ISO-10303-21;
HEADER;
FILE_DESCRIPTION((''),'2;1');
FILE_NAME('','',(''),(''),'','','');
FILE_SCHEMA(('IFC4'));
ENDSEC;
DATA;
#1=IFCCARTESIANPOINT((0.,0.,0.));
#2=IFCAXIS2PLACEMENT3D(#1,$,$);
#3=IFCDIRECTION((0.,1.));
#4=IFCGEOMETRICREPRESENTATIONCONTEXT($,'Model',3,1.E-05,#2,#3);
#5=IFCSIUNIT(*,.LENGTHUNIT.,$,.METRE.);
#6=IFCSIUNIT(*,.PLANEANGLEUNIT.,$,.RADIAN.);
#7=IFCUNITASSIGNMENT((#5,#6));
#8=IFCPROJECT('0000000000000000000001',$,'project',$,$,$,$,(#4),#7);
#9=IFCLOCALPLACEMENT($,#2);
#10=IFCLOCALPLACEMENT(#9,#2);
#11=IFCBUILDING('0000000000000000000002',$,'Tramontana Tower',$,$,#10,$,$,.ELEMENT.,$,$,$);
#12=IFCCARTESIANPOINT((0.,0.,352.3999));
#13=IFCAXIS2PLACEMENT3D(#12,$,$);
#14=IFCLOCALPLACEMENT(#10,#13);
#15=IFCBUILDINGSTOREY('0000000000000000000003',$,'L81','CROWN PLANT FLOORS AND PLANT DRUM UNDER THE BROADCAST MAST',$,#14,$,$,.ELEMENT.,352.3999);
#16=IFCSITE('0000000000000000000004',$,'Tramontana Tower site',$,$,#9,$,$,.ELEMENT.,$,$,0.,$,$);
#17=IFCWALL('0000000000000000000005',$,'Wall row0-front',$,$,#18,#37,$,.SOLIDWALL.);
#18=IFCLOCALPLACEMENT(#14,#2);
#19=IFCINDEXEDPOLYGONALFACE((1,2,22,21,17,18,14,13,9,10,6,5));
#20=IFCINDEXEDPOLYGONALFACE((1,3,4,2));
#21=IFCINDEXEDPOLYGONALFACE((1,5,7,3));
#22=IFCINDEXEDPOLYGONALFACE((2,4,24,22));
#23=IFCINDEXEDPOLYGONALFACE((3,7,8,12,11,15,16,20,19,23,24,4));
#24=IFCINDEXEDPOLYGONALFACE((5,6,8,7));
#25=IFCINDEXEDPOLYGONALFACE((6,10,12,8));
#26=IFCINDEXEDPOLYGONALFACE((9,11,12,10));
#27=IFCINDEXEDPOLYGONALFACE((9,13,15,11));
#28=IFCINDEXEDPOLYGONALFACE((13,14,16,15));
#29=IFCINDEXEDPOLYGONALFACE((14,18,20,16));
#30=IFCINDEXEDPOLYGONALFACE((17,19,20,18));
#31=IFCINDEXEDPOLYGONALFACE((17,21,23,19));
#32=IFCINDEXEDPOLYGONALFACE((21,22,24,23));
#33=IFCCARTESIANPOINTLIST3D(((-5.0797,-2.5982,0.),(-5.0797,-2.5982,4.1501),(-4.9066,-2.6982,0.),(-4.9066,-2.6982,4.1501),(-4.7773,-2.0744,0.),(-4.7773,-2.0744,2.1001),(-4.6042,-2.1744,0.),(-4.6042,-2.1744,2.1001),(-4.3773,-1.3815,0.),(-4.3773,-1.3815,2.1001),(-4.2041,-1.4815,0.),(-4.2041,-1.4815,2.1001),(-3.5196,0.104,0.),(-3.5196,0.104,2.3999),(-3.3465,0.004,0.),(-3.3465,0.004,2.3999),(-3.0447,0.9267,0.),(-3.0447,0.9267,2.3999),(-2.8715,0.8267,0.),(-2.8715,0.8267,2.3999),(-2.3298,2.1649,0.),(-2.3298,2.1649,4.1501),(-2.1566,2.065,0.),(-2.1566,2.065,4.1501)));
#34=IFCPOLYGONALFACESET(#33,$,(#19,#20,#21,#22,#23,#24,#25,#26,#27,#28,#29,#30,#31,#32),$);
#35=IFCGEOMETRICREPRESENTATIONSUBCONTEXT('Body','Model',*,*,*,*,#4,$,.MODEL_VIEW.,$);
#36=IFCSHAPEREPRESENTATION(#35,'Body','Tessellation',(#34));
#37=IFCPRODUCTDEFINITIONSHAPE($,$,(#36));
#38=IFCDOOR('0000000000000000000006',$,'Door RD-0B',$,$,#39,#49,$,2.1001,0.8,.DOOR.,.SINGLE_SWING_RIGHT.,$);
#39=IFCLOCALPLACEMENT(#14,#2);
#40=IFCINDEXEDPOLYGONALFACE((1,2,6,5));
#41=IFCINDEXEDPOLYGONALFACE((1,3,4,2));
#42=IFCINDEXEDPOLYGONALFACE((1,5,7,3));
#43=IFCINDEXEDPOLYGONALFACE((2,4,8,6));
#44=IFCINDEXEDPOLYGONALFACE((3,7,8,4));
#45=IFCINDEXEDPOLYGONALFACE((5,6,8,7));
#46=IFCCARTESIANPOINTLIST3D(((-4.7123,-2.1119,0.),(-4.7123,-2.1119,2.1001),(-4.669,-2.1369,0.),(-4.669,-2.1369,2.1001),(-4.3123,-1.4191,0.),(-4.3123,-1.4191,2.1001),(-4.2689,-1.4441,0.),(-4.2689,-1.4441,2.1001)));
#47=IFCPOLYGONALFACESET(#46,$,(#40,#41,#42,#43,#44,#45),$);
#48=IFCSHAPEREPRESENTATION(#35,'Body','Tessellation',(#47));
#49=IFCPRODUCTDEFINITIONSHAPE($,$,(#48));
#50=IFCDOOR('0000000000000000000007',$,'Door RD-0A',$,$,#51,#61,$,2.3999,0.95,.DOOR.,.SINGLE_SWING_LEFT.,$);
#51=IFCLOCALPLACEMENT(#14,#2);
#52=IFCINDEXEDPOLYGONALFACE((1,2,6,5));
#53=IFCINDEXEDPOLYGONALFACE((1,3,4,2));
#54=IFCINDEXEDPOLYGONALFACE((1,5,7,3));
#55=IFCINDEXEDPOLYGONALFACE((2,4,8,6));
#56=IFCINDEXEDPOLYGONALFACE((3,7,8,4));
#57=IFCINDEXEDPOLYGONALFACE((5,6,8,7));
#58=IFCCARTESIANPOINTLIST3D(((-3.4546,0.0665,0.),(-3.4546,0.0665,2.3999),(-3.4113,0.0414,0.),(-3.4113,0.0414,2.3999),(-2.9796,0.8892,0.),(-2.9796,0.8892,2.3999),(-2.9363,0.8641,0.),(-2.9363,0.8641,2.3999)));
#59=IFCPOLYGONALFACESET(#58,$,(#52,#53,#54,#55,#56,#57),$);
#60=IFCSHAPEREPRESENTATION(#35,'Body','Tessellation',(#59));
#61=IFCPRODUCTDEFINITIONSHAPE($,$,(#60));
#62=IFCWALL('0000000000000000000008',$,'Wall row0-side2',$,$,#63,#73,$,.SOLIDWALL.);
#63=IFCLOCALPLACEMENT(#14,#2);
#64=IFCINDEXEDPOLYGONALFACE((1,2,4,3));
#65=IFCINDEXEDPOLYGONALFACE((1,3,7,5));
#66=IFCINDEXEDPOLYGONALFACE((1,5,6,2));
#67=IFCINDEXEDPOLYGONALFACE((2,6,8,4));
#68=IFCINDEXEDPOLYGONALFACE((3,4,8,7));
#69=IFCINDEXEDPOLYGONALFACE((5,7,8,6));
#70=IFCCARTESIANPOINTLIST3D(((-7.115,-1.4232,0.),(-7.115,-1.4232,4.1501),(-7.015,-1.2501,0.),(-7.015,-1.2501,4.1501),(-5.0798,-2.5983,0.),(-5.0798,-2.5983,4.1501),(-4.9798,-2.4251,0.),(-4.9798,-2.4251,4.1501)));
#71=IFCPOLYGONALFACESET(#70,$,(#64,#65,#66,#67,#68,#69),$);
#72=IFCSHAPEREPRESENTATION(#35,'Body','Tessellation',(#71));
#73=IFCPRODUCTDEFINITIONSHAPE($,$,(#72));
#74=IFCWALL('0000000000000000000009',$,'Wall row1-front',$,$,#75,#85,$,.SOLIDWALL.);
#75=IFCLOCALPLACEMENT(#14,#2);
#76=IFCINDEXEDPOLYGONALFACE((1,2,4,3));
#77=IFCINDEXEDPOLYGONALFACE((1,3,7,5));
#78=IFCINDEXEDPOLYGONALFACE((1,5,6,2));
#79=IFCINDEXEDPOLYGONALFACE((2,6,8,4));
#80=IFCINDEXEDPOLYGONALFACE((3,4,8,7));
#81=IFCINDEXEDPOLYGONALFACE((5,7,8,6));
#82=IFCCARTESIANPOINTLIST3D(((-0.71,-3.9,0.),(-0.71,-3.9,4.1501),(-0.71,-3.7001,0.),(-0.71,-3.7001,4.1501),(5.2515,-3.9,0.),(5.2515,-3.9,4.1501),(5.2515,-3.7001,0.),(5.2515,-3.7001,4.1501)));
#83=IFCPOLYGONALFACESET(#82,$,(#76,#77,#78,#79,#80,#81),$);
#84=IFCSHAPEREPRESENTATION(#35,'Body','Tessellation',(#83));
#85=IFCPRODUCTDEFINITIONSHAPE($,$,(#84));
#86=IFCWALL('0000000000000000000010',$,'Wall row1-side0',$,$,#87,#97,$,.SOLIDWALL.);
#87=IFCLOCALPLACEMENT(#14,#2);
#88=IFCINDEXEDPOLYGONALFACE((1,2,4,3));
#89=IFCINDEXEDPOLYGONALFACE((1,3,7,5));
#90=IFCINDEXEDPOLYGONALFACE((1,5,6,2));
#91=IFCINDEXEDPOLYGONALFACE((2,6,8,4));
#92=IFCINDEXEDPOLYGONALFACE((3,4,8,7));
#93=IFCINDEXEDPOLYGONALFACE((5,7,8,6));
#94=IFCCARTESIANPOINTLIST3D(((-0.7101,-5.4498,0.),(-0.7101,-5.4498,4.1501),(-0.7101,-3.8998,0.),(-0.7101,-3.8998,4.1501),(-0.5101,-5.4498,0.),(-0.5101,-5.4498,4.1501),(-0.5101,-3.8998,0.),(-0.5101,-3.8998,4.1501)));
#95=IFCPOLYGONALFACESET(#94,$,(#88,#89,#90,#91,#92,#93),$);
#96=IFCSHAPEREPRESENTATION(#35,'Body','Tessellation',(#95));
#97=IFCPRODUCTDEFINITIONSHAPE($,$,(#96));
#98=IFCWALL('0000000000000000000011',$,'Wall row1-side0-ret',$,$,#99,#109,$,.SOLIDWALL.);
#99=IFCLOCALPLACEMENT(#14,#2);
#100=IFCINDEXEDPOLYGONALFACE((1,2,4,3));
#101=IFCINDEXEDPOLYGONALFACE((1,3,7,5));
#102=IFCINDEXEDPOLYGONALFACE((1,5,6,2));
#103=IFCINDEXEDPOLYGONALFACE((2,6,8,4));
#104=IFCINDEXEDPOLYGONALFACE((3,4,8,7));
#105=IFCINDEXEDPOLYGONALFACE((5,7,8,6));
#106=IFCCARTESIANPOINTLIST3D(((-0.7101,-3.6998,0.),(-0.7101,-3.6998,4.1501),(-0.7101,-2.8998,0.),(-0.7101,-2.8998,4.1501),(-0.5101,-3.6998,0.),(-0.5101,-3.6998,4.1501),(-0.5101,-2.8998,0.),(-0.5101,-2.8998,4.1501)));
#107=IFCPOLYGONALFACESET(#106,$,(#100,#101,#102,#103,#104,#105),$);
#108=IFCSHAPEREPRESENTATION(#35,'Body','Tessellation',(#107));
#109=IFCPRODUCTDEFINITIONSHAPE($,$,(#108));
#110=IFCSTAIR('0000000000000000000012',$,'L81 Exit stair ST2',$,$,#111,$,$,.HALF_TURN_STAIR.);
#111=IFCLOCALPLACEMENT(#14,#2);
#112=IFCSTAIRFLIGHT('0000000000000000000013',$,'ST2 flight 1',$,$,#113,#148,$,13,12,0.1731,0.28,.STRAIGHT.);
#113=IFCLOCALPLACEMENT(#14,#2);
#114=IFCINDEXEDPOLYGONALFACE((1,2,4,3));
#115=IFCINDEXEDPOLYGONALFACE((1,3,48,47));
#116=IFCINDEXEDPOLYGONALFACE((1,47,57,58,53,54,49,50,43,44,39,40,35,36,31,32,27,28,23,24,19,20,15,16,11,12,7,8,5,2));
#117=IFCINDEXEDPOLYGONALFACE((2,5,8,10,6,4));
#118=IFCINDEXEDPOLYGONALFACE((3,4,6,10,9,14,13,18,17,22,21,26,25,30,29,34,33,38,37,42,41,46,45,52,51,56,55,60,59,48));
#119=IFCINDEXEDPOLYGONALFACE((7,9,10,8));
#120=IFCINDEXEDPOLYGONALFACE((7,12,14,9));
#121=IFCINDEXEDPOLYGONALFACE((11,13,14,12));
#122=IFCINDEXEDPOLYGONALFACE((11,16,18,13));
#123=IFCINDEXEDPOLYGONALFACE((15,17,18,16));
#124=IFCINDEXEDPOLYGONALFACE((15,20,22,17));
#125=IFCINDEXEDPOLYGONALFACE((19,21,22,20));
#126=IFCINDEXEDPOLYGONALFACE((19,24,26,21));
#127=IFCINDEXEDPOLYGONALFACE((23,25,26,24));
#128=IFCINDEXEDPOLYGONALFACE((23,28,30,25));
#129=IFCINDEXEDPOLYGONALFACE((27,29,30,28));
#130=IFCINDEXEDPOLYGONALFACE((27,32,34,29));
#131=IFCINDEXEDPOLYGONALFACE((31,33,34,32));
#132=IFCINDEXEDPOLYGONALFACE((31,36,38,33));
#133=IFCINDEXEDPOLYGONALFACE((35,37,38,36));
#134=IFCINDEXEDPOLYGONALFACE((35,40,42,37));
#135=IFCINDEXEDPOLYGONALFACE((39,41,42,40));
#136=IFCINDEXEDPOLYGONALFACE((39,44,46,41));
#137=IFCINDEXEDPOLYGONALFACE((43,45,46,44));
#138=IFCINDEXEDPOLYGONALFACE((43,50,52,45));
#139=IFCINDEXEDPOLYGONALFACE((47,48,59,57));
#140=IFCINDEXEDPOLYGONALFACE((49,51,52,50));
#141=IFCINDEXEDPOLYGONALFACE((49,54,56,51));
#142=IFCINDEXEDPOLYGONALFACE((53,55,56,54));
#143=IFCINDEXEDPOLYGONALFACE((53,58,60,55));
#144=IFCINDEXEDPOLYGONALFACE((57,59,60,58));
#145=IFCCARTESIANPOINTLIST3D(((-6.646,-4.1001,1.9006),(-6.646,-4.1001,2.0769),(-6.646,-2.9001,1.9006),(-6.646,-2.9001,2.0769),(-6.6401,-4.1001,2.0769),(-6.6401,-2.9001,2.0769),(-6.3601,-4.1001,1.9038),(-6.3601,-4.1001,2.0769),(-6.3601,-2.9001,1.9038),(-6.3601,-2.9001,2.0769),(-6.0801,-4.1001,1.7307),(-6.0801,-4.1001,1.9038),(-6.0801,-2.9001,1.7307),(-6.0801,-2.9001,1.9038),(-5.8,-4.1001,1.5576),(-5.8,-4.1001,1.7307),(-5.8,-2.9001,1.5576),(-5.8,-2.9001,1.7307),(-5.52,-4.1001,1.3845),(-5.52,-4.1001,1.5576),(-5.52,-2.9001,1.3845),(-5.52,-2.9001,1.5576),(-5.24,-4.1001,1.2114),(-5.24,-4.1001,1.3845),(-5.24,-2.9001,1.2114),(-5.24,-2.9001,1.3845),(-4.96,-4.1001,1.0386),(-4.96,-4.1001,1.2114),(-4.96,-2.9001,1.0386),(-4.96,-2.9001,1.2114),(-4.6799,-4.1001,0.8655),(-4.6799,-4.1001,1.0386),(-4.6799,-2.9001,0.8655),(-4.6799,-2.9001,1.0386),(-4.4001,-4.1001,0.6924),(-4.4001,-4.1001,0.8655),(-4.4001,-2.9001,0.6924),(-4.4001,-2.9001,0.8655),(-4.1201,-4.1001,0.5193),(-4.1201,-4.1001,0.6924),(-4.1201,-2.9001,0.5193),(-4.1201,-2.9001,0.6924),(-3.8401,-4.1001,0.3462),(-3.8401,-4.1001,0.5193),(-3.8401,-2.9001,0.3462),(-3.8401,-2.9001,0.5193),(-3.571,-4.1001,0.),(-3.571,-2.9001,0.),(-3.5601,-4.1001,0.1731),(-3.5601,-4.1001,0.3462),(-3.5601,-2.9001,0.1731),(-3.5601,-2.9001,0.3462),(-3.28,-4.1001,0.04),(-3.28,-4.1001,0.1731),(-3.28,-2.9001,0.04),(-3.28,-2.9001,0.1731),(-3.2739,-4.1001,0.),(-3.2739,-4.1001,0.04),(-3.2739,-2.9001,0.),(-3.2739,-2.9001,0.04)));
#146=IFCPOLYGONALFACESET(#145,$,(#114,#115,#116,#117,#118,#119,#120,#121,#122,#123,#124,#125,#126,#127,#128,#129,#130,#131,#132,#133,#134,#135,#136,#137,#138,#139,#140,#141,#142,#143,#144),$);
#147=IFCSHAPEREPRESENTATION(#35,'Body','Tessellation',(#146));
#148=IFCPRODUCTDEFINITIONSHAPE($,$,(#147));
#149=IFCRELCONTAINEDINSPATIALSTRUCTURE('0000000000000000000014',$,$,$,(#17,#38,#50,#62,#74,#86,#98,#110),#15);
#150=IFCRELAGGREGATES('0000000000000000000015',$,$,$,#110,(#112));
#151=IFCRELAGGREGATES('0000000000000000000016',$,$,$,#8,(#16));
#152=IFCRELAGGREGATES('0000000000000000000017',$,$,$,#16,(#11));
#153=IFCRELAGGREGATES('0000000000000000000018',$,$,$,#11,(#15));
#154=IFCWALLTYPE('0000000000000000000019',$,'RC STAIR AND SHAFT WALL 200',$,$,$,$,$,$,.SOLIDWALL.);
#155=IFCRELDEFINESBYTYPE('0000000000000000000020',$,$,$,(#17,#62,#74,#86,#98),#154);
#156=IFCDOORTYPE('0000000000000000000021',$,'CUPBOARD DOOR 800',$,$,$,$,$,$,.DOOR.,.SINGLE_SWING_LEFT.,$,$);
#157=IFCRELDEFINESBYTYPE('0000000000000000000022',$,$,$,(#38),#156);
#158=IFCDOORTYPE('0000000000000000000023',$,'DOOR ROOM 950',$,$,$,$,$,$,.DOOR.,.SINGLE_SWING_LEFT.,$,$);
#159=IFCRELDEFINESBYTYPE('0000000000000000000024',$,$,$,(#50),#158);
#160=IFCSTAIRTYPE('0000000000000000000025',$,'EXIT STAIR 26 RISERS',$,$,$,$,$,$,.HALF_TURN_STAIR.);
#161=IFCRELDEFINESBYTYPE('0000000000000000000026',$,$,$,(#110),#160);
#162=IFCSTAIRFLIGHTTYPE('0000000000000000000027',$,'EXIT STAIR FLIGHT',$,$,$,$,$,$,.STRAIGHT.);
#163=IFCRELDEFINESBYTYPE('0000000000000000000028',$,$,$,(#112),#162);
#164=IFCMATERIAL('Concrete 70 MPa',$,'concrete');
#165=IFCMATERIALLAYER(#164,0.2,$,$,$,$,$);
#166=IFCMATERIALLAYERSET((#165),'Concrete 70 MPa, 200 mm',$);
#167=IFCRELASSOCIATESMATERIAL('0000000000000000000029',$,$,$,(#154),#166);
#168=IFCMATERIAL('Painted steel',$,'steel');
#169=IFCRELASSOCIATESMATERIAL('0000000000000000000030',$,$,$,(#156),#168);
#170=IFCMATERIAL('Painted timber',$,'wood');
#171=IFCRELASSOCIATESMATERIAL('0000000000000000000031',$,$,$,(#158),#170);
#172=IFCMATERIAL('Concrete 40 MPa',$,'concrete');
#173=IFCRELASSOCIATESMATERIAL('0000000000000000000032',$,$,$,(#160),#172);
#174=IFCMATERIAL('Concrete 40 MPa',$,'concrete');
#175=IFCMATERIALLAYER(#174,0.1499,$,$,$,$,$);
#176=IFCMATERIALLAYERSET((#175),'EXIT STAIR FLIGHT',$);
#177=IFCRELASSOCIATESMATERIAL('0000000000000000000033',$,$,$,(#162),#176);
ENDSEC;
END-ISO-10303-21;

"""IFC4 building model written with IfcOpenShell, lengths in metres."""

from ifc_helpers import new_model, si_unit, direction, frame, frame_2d, origin, place, context, subcontext, project, spatial, polyline, rectangle, outline, extrude, material, layer, layer_set, type_object, element, fill, aggregate, save


model = new_model("IFC4")

# Units and contexts
model_context = context("Model", 3, precision=1e-05, world=origin(), true_north=direction((0.0, 1.0)))
body_context = subcontext(model_context, "Body", "Model", "MODEL_VIEW")
ifc_project = project(units=[si_unit("LENGTHUNIT", "METRE"), si_unit("PLANEANGLEUNIT", "RADIAN")], contexts=[model_context])

# Site, building, storey
site_placement = place(None, origin())
site = spatial("IfcSite", under=ifc_project, at=site_placement, Name="Tramontana Tower site", CompositionType="ELEMENT", RefElevation=0.0)
building_placement = place(site_placement, origin())
building = spatial("IfcBuilding", under=site, at=building_placement, Name="Tramontana Tower", CompositionType="ELEMENT")
storey_placement = place(building_placement, frame((0.0, 0.0, 352.3999)))
storey = spatial("IfcBuildingStorey", under=building, at=storey_placement, Name="L81", Description="CROWN PLANT FLOORS AND PLANT DRUM UNDER THE BROADCAST MAST", CompositionType="ELEMENT", Elevation=352.3999)

# Shared definitions
ifc_material_1 = material(Name="Concrete 70 MPa", Category="concrete")
ifc_layer_1 = layer(ifc_material_1, 0.2)
ifc_layer_set_1 = layer_set([ifc_layer_1], Name="Concrete 70 MPa, 200 mm")
wall_type_1 = type_object("IfcWallType", Name="RC STAIR AND SHAFT WALL 200", PredefinedType="SOLIDWALL", material=ifc_layer_set_1)

# Wall, openings, doors
wall_1_placement = place(storey_placement, frame((-4.9932, -2.6482, 0.0), z_axis=(0.0, 0.0, 1.0), x_axis=(0.499997, 0.866027, 0.0)))
wall_1 = element("IfcWall", 1, at=wall_1_placement, inside=storey, type_object=wall_type_1, Name="Wall row0-front", PredefinedType="SOLIDWALL", context=body_context, shape_type="SweptSolid", body=[
    extrude(rectangle(XDim=5.5, YDim=0.2, at=frame_2d((2.75, 0.0))), origin(), (0.0, 0.0, 1.0), 4.1501),
])
opening_1_placement = place(wall_1_placement, frame((3.1201, 0.0, 0.0)))
opening_1 = element("IfcOpeningElement", 2, at=opening_1_placement, cuts=wall_1, PredefinedType="OPENING", context=body_context, shape_type="SweptSolid", body=[
    extrude(rectangle(XDim=0.95, YDim=2.3999, at=frame_2d((0.4751, 1.2))), frame((0.0, 0.1099, 0.0), z_axis=(0.0, -1.0, 0.0), x_axis=(1.0, 0.0, 0.0)), (0.0, 0.0, 1.0), 0.22),
])
opening_2_placement = place(wall_1_placement, frame((0.605, 0.0, 0.0)))
opening_2 = element("IfcOpeningElement", 3, at=opening_2_placement, cuts=wall_1, PredefinedType="OPENING", context=body_context, shape_type="SweptSolid", body=[
    extrude(rectangle(XDim=0.8, YDim=2.1001, at=frame_2d((0.3999, 1.05))), frame((0.0, 0.1099, 0.0), z_axis=(0.0, -1.0, 0.0), x_axis=(1.0, 0.0, 0.0)), (0.0, 0.0, 1.0), 0.22),
])
ifc_material_2 = material(Name="Painted steel", Category="steel")
door_type_1 = type_object("IfcDoorType", Name="CUPBOARD DOOR 800", OperationType="SINGLE_SWING_LEFT", PredefinedType="DOOR", material=ifc_material_2)
door_1_placement = place(opening_2_placement, origin())
door_1 = element("IfcDoor", 4, at=door_1_placement, inside=storey, type_object=door_type_1, Name="Door RD-0B", OperationType="SINGLE_SWING_RIGHT", OverallHeight=2.1001, OverallWidth=0.8, PredefinedType="DOOR", context=body_context, shape_type="SweptSolid", body=[
    extrude(rectangle(XDim=0.8, YDim=2.1001, at=frame_2d((0.3999, 1.05))), frame((0.0, 0.0249, 0.0), z_axis=(0.0, -1.0, 0.0), x_axis=(1.0, 0.0, 0.0)), (0.0, 0.0, 1.0), 0.05),
])
fill(opening_2, door_1)
ifc_material_3 = material(Name="Painted timber", Category="wood")
door_type_2 = type_object("IfcDoorType", Name="DOOR ROOM 950", OperationType="SINGLE_SWING_LEFT", PredefinedType="DOOR", material=ifc_material_3)
door_2_placement = place(opening_1_placement, origin())
door_2 = element("IfcDoor", 5, at=door_2_placement, inside=storey, type_object=door_type_2, Name="Door RD-0A", OperationType="SINGLE_SWING_LEFT", OverallHeight=2.3999, OverallWidth=0.95, PredefinedType="DOOR", context=body_context, shape_type="SweptSolid", body=[
    extrude(rectangle(XDim=0.95, YDim=2.3999, at=frame_2d((0.4751, 1.2))), frame((0.0, 0.0249, 0.0), z_axis=(0.0, -1.0, 0.0), x_axis=(1.0, 0.0, 0.0)), (0.0, 0.0, 1.0), 0.05),
])
fill(opening_1, door_2)

# Walls
wall_2_placement = place(storey_placement, frame((-5.0298, -2.5117, 0.0), z_axis=(0.0, 0.0, 1.0), x_axis=(-0.866016, 0.500016, 0.0)))
element("IfcWall", 6, at=wall_2_placement, inside=storey, type_object=wall_type_1, Name="Wall row0-side2", PredefinedType="SOLIDWALL", context=body_context, shape_type="SweptSolid", body=[
    extrude(rectangle(XDim=2.3501, YDim=0.2, at=frame_2d((1.175, 0.0))), origin(), (0.0, 0.0, 1.0), 4.1501),
])
wall_3_placement = place(storey_placement, frame((-0.71, -3.8, 0.0), z_axis=(0.0, 0.0, 1.0), x_axis=(1.0, 0.0, 0.0)))
element("IfcWall", 7, at=wall_3_placement, inside=storey, type_object=wall_type_1, Name="Wall row1-front", PredefinedType="SOLIDWALL", context=body_context, shape_type="SweptSolid", body=[
    extrude(rectangle(XDim=5.9614, YDim=0.2, at=frame_2d((2.9807, 0.0))), origin(), (0.0, 0.0, 1.0), 4.1501),
])
wall_4_placement = place(storey_placement, frame((-0.6101, -3.8999, 0.0), z_axis=(0.0, 0.0, 1.0), x_axis=(0.0, -1.0, 0.0)))
element("IfcWall", 8, at=wall_4_placement, inside=storey, type_object=wall_type_1, Name="Wall row1-side0", PredefinedType="SOLIDWALL", context=body_context, shape_type="SweptSolid", body=[
    extrude(rectangle(XDim=1.55, YDim=0.2, at=frame_2d((0.7749, 0.0))), origin(), (0.0, 0.0, 1.0), 4.1501),
])
wall_5_placement = place(storey_placement, frame((-0.6101, -2.8999, 0.0), z_axis=(0.0, 0.0, 1.0), x_axis=(0.0, -1.0, 0.0)))
element("IfcWall", 9, at=wall_5_placement, inside=storey, type_object=wall_type_1, Name="Wall row1-side0-ret", PredefinedType="SOLIDWALL", context=body_context, shape_type="SweptSolid", body=[
    extrude(rectangle(XDim=0.8, YDim=0.2, at=frame_2d((0.3999, 0.0))), origin(), (0.0, 0.0, 1.0), 4.1501),
])

# Stair, stair flight
ifc_material_4 = material(Name="Concrete 40 MPa", Category="concrete")
stair_type = type_object("IfcStairType", Name="EXIT STAIR 26 RISERS", PredefinedType="HALF_TURN_STAIR", material=ifc_material_4)
stair_placement = place(storey_placement, origin())
stair = element("IfcStair", 10, at=stair_placement, inside=storey, type_object=stair_type, Name="L81 Exit stair ST2", PredefinedType="HALF_TURN_STAIR")
ifc_material_5 = material(Name="Concrete 40 MPa", Category="concrete")
ifc_layer_2 = layer(ifc_material_5, 0.1499)
ifc_layer_set_2 = layer_set([ifc_layer_2], Name="EXIT STAIR FLIGHT")
stair_flight_type = type_object("IfcStairFlightType", Name="EXIT STAIR FLIGHT", PredefinedType="STRAIGHT", material=ifc_layer_set_2)
stair_flight_placement = place(storey_placement, frame((-3.28, -3.5, 0.0), z_axis=(0.0, 0.0, 1.0), x_axis=(-1.0, 0.0, 0.0)))
stair_flight = element("IfcStairFlight", 11, at=stair_flight_placement, type_object=stair_flight_type, Name="ST2 flight 1", NumberOfRisers=13, NumberOfTreads=12, PredefinedType="STRAIGHT", RiserHeight=0.1731, TreadLength=0.28, context=body_context, shape_type="SweptSolid", body=[
    extrude(outline(polyline([(-0.0061, 0.0), (-0.0061, 0.04), (0.0, 0.04), (0.0, 0.1731), (0.28, 0.1731), (0.28, 0.3462), (0.5601, 0.3462), (0.5601, 0.5193), (0.8401, 0.5193), (0.8401, 0.6924), (1.1201, 0.6924), (1.1201, 0.8655), (1.3999, 0.8655), (1.3999, 1.0386), (1.6799, 1.0386), (1.6799, 1.2114), (1.96, 1.2114), (1.96, 1.3845), (2.24, 1.3845), (2.24, 1.5576), (2.52, 1.5576), (2.52, 1.7307), (2.8, 1.7307), (2.8, 1.9038), (3.0801, 1.9038), (3.0801, 2.0769), (3.3601, 2.0769), (3.366, 2.0769), (3.366, 1.9006), (0.291, 0.0), (-0.0061, 0.0)])), frame((0.0, 0.6001, 0.0), z_axis=(0.0, -1.0, 0.0), x_axis=(1.0, 0.0, 0.0)), (0.0, 0.0, 1.0), 1.2),
])
aggregate(stair, [stair_flight])

save(model, "model.ifc")
